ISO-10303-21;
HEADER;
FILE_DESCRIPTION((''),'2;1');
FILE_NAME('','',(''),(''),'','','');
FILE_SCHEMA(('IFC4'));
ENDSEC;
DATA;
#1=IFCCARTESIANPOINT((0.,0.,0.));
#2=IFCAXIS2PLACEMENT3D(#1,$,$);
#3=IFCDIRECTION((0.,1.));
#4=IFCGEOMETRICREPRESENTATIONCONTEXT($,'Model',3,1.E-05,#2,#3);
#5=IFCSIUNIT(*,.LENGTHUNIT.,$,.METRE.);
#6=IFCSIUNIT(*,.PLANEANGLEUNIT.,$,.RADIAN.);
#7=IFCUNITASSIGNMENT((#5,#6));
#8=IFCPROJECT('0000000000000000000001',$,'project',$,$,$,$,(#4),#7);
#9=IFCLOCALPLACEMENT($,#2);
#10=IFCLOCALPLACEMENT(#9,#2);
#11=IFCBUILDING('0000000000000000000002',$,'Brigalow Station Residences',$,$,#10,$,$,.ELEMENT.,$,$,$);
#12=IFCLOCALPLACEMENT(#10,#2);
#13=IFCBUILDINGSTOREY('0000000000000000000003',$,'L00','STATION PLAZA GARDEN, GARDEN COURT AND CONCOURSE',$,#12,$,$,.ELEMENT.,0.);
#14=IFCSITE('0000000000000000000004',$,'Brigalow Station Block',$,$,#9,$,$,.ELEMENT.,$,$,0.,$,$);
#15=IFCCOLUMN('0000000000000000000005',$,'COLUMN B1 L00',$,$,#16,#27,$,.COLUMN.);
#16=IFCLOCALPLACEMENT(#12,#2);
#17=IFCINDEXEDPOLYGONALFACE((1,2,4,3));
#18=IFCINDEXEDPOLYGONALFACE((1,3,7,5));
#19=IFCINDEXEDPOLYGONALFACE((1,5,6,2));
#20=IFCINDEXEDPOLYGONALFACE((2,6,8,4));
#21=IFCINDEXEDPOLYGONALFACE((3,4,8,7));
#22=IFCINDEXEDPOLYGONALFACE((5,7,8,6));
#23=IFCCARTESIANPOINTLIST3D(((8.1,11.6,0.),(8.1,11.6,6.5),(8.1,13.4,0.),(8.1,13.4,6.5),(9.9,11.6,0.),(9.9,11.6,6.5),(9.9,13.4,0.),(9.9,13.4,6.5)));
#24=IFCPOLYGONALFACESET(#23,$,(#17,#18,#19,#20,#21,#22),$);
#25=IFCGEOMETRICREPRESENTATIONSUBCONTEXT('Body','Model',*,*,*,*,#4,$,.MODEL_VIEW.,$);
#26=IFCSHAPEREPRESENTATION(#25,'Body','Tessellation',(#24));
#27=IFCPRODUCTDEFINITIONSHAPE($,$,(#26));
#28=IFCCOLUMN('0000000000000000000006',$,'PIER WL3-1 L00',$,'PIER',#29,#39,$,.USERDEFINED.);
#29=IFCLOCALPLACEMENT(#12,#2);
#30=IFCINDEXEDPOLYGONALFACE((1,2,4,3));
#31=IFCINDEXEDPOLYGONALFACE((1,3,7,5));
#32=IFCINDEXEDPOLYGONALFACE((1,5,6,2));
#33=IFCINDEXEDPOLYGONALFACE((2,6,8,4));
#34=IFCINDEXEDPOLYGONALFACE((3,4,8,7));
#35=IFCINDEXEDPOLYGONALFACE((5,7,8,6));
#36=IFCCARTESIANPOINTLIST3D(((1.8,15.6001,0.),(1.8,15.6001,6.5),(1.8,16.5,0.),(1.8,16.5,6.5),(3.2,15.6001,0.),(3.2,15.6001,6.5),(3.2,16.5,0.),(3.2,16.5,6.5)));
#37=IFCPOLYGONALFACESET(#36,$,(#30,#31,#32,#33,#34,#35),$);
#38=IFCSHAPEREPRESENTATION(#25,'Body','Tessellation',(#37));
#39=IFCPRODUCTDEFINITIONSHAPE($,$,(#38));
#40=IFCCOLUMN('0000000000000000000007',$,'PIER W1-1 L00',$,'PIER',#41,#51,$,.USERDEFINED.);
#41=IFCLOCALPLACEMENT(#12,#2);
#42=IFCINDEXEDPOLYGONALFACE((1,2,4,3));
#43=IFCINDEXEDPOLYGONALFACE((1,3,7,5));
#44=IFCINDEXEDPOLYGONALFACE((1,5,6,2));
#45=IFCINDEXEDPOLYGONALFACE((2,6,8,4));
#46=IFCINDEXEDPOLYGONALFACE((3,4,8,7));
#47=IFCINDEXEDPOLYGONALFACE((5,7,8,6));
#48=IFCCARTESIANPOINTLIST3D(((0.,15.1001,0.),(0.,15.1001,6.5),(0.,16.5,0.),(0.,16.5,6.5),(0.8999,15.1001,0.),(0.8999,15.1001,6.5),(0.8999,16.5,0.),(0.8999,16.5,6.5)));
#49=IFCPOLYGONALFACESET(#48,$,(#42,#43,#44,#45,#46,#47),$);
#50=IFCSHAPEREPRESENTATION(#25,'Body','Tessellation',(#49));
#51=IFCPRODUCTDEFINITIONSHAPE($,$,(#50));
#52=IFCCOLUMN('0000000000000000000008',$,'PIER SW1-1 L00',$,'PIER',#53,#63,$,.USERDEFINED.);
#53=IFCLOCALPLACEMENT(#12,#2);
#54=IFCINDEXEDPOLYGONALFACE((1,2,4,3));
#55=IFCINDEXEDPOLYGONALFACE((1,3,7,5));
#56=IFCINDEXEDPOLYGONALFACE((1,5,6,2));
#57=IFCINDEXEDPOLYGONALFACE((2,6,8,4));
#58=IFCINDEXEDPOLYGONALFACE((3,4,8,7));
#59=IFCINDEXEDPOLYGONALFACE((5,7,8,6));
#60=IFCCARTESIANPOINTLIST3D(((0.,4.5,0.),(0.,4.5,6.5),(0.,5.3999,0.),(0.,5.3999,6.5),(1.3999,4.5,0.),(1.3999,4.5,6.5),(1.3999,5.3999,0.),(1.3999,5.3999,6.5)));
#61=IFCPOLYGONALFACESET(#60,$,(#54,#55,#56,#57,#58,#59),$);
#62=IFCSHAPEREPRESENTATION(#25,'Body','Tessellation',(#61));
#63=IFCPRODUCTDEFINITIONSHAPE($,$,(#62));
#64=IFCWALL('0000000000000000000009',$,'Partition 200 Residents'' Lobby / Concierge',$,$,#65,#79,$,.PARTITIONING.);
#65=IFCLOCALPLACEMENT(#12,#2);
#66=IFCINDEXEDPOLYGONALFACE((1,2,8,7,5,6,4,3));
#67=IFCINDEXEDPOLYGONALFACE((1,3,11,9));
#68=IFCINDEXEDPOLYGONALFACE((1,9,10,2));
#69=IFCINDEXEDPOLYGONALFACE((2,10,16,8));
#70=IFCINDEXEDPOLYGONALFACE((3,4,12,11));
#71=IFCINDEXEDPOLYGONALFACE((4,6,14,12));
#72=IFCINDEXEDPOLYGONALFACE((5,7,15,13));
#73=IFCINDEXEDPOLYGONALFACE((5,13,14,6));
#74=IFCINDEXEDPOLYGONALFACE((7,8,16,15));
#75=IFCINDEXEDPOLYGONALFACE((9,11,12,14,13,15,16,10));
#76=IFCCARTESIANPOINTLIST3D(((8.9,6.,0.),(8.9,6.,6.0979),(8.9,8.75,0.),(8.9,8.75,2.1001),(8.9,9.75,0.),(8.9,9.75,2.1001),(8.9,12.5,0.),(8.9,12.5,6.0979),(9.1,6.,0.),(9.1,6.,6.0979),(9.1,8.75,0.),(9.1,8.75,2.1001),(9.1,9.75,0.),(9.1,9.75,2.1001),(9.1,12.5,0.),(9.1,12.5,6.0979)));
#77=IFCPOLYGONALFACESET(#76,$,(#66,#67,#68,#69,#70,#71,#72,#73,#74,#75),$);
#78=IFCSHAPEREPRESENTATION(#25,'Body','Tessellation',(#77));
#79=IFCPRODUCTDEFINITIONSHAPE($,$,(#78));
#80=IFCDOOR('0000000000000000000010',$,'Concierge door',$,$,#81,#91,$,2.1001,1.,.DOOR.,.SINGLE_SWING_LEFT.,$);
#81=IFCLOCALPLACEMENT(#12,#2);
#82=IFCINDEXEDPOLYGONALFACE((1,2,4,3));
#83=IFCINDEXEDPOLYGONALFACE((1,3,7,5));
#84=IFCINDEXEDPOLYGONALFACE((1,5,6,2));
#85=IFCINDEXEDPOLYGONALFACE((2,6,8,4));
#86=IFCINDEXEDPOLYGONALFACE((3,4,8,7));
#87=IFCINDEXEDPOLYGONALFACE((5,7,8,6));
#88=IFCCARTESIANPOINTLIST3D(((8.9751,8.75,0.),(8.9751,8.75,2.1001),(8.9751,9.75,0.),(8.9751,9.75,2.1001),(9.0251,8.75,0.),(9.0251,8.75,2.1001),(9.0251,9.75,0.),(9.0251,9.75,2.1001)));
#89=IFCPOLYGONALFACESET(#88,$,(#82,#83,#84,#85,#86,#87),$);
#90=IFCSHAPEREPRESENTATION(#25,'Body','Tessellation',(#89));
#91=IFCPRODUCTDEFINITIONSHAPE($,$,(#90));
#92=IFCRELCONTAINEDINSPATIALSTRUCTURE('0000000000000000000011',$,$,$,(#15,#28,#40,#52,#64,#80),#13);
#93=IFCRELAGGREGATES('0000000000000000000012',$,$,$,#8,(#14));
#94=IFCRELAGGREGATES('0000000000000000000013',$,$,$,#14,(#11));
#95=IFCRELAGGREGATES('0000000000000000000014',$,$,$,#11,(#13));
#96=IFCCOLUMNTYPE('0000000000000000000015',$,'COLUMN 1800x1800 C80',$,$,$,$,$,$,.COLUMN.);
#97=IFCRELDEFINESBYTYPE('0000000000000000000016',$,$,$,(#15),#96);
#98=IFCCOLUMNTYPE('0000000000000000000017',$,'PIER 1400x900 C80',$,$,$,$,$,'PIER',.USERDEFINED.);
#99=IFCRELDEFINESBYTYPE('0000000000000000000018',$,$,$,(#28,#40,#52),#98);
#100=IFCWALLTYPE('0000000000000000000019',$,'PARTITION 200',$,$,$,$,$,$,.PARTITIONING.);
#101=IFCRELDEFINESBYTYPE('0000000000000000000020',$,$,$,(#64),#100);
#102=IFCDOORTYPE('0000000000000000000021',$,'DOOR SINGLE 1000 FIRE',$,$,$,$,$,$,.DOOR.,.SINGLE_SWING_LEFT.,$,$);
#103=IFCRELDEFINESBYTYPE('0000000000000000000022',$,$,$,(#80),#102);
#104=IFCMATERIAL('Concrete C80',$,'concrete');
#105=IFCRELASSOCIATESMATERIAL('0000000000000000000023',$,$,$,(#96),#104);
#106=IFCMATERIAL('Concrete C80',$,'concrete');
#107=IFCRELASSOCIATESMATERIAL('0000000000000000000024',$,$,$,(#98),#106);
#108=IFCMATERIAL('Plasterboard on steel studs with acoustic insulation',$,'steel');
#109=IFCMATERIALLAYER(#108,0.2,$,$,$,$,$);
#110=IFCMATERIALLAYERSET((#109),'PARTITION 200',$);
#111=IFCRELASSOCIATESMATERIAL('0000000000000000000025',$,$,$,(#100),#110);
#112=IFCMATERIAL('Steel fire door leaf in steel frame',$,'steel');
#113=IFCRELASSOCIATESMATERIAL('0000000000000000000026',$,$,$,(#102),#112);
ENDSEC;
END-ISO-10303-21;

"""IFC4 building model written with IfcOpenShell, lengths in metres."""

from ifc_helpers import new_model, si_unit, direction, frame, frame_2d, origin, origin_2d, place, context, subcontext, project, spatial, rectangle, extrude, material, layer, layer_set, material_profile, profile_set, type_object, element, fill, save


model = new_model("IFC4")

# Units and contexts
model_context = context("Model", 3, precision=1e-05, world=origin(), true_north=direction((0.0, 1.0)))
body_context = subcontext(model_context, "Body", "Model", "MODEL_VIEW")
ifc_project = project(units=[si_unit("LENGTHUNIT", "METRE"), si_unit("PLANEANGLEUNIT", "RADIAN")], contexts=[model_context])

# Site, building, storey
site_placement = place(None, origin())
site = spatial("IfcSite", under=ifc_project, at=site_placement, Name="Brigalow Station Block", CompositionType="ELEMENT", RefElevation=0.0)
building_placement = place(site_placement, origin())
building = spatial("IfcBuilding", under=site, at=building_placement, Name="Brigalow Station Residences", CompositionType="ELEMENT")
storey_placement = place(building_placement, origin())
storey = spatial("IfcBuildingStorey", under=building, at=storey_placement, Name="L00", Description="STATION PLAZA GARDEN, GARDEN COURT AND CONCOURSE", CompositionType="ELEMENT", Elevation=0.0)

# Columns
ifc_material_1 = material(Name="Concrete C80", Category="concrete")
ifc_material_profile_1 = material_profile(ifc_material_1, rectangle(XDim=1.8, YDim=1.8, at=origin_2d()), Name="RC1800x1800")
ifc_profile_set_1 = profile_set([ifc_material_profile_1], Name="Concrete C80")
column_type_1 = type_object("IfcColumnType", Name="COLUMN 1800x1800 C80", PredefinedType="COLUMN", material=ifc_profile_set_1)
column_placement = place(storey_placement, frame((9.0, 12.5, 0.0), z_axis=(0.0, 0.0, 1.0), x_axis=(1.0, 0.0, 0.0)))
element("IfcColumn", 1, at=column_placement, inside=storey, type_object=column_type_1, Name="COLUMN B1 L00", PredefinedType="COLUMN", context=body_context, shape_type="SweptSolid", body=[
    extrude(rectangle(XDim=1.8, YDim=1.8, at=origin_2d()), origin(), (0.0, 0.0, 1.0), 6.5),
])
ifc_material_2 = material(Name="Concrete C80", Category="concrete")
ifc_material_profile_2 = material_profile(ifc_material_2, rectangle(XDim=1.3999, YDim=0.8999, at=origin_2d()), Name="RC1400x900")
ifc_profile_set_2 = profile_set([ifc_material_profile_2], Name="Concrete C80")
column_type_2 = type_object("IfcColumnType", Name="PIER 1400x900 C80", ElementType="PIER", PredefinedType="USERDEFINED", material=ifc_profile_set_2)
for number, where, z_axis, x_axis, name in (
    (2, (2.5, 16.05, 0.0), (0.0, 0.0, 1.0), (-1.0, 0.0, 0.0), "PIER WL3-1 L00"),
    (3, (0.45, 15.8, 0.0), (0.0, 0.0, 1.0), (0.0, -1.0, 0.0), "PIER W1-1 L00"),
    (4, (0.7, 4.95, 0.0), (0.0, 0.0, 1.0), (1.0, 0.0, 0.0), "PIER SW1-1 L00"),
):
    element("IfcColumn", number, at=place(storey_placement, frame(where, z_axis=z_axis, x_axis=x_axis)), inside=storey, type_object=column_type_2, Name=name, ObjectType="PIER", PredefinedType="USERDEFINED", context=body_context, shape_type="SweptSolid", body=[
        extrude(rectangle(XDim=1.3999, YDim=0.8999, at=origin_2d()), origin(), (0.0, 0.0, 1.0), 6.5),
    ])

# Wall, opening, door
ifc_material_3 = material(Name="Plasterboard on steel studs with acoustic insulation", Category="steel")
ifc_layer = layer(ifc_material_3, 0.2)
ifc_layer_set = layer_set([ifc_layer], Name="PARTITION 200")
wall_type = type_object("IfcWallType", Name="PARTITION 200", PredefinedType="PARTITIONING", material=ifc_layer_set)
wall_placement = place(storey_placement, frame((9.0, 6.0, 0.0), z_axis=(0.0, 0.0, 1.0), x_axis=(0.0, 1.0, 0.0)))
wall = element("IfcWall", 5, at=wall_placement, inside=storey, type_object=wall_type, Name="Partition 200 Residents' Lobby / Concierge", PredefinedType="PARTITIONING", context=body_context, shape_type="SweptSolid", body=[
    extrude(rectangle(XDim=6.5, YDim=0.2, at=frame_2d((3.25, 0.0))), origin(), (0.0, 0.0, 1.0), 6.0979),
])
opening_placement = place(wall_placement, frame((2.75, 0.0, 0.0)))
opening = element("IfcOpeningElement", 6, at=opening_placement, cuts=wall, PredefinedType="OPENING", context=body_context, shape_type="SweptSolid", body=[
    extrude(rectangle(XDim=1.0, YDim=2.1001, at=frame_2d((0.5, 1.05))), frame((0.0, 0.1099, 0.0), z_axis=(0.0, -1.0, 0.0), x_axis=(1.0, 0.0, 0.0)), (0.0, 0.0, 1.0), 0.22),
])
ifc_material_4 = material(Name="Steel fire door leaf in steel frame", Category="steel")
door_type = type_object("IfcDoorType", Name="DOOR SINGLE 1000 FIRE", OperationType="SINGLE_SWING_LEFT", PredefinedType="DOOR", material=ifc_material_4)
door_placement = place(opening_placement, origin())
door = element("IfcDoor", 7, at=door_placement, inside=storey, type_object=door_type, Name="Concierge door", OperationType="SINGLE_SWING_LEFT", OverallHeight=2.1001, OverallWidth=1.0, PredefinedType="DOOR", context=body_context, shape_type="SweptSolid", body=[
    extrude(rectangle(XDim=1.0, YDim=2.1001, at=frame_2d((0.5, 1.05))), frame((0.0, 0.0249, 0.0), z_axis=(0.0, -1.0, 0.0), x_axis=(1.0, 0.0, 0.0)), (0.0, 0.0, 1.0), 0.05),
])
fill(opening, door)

save(model, "model.ifc")
